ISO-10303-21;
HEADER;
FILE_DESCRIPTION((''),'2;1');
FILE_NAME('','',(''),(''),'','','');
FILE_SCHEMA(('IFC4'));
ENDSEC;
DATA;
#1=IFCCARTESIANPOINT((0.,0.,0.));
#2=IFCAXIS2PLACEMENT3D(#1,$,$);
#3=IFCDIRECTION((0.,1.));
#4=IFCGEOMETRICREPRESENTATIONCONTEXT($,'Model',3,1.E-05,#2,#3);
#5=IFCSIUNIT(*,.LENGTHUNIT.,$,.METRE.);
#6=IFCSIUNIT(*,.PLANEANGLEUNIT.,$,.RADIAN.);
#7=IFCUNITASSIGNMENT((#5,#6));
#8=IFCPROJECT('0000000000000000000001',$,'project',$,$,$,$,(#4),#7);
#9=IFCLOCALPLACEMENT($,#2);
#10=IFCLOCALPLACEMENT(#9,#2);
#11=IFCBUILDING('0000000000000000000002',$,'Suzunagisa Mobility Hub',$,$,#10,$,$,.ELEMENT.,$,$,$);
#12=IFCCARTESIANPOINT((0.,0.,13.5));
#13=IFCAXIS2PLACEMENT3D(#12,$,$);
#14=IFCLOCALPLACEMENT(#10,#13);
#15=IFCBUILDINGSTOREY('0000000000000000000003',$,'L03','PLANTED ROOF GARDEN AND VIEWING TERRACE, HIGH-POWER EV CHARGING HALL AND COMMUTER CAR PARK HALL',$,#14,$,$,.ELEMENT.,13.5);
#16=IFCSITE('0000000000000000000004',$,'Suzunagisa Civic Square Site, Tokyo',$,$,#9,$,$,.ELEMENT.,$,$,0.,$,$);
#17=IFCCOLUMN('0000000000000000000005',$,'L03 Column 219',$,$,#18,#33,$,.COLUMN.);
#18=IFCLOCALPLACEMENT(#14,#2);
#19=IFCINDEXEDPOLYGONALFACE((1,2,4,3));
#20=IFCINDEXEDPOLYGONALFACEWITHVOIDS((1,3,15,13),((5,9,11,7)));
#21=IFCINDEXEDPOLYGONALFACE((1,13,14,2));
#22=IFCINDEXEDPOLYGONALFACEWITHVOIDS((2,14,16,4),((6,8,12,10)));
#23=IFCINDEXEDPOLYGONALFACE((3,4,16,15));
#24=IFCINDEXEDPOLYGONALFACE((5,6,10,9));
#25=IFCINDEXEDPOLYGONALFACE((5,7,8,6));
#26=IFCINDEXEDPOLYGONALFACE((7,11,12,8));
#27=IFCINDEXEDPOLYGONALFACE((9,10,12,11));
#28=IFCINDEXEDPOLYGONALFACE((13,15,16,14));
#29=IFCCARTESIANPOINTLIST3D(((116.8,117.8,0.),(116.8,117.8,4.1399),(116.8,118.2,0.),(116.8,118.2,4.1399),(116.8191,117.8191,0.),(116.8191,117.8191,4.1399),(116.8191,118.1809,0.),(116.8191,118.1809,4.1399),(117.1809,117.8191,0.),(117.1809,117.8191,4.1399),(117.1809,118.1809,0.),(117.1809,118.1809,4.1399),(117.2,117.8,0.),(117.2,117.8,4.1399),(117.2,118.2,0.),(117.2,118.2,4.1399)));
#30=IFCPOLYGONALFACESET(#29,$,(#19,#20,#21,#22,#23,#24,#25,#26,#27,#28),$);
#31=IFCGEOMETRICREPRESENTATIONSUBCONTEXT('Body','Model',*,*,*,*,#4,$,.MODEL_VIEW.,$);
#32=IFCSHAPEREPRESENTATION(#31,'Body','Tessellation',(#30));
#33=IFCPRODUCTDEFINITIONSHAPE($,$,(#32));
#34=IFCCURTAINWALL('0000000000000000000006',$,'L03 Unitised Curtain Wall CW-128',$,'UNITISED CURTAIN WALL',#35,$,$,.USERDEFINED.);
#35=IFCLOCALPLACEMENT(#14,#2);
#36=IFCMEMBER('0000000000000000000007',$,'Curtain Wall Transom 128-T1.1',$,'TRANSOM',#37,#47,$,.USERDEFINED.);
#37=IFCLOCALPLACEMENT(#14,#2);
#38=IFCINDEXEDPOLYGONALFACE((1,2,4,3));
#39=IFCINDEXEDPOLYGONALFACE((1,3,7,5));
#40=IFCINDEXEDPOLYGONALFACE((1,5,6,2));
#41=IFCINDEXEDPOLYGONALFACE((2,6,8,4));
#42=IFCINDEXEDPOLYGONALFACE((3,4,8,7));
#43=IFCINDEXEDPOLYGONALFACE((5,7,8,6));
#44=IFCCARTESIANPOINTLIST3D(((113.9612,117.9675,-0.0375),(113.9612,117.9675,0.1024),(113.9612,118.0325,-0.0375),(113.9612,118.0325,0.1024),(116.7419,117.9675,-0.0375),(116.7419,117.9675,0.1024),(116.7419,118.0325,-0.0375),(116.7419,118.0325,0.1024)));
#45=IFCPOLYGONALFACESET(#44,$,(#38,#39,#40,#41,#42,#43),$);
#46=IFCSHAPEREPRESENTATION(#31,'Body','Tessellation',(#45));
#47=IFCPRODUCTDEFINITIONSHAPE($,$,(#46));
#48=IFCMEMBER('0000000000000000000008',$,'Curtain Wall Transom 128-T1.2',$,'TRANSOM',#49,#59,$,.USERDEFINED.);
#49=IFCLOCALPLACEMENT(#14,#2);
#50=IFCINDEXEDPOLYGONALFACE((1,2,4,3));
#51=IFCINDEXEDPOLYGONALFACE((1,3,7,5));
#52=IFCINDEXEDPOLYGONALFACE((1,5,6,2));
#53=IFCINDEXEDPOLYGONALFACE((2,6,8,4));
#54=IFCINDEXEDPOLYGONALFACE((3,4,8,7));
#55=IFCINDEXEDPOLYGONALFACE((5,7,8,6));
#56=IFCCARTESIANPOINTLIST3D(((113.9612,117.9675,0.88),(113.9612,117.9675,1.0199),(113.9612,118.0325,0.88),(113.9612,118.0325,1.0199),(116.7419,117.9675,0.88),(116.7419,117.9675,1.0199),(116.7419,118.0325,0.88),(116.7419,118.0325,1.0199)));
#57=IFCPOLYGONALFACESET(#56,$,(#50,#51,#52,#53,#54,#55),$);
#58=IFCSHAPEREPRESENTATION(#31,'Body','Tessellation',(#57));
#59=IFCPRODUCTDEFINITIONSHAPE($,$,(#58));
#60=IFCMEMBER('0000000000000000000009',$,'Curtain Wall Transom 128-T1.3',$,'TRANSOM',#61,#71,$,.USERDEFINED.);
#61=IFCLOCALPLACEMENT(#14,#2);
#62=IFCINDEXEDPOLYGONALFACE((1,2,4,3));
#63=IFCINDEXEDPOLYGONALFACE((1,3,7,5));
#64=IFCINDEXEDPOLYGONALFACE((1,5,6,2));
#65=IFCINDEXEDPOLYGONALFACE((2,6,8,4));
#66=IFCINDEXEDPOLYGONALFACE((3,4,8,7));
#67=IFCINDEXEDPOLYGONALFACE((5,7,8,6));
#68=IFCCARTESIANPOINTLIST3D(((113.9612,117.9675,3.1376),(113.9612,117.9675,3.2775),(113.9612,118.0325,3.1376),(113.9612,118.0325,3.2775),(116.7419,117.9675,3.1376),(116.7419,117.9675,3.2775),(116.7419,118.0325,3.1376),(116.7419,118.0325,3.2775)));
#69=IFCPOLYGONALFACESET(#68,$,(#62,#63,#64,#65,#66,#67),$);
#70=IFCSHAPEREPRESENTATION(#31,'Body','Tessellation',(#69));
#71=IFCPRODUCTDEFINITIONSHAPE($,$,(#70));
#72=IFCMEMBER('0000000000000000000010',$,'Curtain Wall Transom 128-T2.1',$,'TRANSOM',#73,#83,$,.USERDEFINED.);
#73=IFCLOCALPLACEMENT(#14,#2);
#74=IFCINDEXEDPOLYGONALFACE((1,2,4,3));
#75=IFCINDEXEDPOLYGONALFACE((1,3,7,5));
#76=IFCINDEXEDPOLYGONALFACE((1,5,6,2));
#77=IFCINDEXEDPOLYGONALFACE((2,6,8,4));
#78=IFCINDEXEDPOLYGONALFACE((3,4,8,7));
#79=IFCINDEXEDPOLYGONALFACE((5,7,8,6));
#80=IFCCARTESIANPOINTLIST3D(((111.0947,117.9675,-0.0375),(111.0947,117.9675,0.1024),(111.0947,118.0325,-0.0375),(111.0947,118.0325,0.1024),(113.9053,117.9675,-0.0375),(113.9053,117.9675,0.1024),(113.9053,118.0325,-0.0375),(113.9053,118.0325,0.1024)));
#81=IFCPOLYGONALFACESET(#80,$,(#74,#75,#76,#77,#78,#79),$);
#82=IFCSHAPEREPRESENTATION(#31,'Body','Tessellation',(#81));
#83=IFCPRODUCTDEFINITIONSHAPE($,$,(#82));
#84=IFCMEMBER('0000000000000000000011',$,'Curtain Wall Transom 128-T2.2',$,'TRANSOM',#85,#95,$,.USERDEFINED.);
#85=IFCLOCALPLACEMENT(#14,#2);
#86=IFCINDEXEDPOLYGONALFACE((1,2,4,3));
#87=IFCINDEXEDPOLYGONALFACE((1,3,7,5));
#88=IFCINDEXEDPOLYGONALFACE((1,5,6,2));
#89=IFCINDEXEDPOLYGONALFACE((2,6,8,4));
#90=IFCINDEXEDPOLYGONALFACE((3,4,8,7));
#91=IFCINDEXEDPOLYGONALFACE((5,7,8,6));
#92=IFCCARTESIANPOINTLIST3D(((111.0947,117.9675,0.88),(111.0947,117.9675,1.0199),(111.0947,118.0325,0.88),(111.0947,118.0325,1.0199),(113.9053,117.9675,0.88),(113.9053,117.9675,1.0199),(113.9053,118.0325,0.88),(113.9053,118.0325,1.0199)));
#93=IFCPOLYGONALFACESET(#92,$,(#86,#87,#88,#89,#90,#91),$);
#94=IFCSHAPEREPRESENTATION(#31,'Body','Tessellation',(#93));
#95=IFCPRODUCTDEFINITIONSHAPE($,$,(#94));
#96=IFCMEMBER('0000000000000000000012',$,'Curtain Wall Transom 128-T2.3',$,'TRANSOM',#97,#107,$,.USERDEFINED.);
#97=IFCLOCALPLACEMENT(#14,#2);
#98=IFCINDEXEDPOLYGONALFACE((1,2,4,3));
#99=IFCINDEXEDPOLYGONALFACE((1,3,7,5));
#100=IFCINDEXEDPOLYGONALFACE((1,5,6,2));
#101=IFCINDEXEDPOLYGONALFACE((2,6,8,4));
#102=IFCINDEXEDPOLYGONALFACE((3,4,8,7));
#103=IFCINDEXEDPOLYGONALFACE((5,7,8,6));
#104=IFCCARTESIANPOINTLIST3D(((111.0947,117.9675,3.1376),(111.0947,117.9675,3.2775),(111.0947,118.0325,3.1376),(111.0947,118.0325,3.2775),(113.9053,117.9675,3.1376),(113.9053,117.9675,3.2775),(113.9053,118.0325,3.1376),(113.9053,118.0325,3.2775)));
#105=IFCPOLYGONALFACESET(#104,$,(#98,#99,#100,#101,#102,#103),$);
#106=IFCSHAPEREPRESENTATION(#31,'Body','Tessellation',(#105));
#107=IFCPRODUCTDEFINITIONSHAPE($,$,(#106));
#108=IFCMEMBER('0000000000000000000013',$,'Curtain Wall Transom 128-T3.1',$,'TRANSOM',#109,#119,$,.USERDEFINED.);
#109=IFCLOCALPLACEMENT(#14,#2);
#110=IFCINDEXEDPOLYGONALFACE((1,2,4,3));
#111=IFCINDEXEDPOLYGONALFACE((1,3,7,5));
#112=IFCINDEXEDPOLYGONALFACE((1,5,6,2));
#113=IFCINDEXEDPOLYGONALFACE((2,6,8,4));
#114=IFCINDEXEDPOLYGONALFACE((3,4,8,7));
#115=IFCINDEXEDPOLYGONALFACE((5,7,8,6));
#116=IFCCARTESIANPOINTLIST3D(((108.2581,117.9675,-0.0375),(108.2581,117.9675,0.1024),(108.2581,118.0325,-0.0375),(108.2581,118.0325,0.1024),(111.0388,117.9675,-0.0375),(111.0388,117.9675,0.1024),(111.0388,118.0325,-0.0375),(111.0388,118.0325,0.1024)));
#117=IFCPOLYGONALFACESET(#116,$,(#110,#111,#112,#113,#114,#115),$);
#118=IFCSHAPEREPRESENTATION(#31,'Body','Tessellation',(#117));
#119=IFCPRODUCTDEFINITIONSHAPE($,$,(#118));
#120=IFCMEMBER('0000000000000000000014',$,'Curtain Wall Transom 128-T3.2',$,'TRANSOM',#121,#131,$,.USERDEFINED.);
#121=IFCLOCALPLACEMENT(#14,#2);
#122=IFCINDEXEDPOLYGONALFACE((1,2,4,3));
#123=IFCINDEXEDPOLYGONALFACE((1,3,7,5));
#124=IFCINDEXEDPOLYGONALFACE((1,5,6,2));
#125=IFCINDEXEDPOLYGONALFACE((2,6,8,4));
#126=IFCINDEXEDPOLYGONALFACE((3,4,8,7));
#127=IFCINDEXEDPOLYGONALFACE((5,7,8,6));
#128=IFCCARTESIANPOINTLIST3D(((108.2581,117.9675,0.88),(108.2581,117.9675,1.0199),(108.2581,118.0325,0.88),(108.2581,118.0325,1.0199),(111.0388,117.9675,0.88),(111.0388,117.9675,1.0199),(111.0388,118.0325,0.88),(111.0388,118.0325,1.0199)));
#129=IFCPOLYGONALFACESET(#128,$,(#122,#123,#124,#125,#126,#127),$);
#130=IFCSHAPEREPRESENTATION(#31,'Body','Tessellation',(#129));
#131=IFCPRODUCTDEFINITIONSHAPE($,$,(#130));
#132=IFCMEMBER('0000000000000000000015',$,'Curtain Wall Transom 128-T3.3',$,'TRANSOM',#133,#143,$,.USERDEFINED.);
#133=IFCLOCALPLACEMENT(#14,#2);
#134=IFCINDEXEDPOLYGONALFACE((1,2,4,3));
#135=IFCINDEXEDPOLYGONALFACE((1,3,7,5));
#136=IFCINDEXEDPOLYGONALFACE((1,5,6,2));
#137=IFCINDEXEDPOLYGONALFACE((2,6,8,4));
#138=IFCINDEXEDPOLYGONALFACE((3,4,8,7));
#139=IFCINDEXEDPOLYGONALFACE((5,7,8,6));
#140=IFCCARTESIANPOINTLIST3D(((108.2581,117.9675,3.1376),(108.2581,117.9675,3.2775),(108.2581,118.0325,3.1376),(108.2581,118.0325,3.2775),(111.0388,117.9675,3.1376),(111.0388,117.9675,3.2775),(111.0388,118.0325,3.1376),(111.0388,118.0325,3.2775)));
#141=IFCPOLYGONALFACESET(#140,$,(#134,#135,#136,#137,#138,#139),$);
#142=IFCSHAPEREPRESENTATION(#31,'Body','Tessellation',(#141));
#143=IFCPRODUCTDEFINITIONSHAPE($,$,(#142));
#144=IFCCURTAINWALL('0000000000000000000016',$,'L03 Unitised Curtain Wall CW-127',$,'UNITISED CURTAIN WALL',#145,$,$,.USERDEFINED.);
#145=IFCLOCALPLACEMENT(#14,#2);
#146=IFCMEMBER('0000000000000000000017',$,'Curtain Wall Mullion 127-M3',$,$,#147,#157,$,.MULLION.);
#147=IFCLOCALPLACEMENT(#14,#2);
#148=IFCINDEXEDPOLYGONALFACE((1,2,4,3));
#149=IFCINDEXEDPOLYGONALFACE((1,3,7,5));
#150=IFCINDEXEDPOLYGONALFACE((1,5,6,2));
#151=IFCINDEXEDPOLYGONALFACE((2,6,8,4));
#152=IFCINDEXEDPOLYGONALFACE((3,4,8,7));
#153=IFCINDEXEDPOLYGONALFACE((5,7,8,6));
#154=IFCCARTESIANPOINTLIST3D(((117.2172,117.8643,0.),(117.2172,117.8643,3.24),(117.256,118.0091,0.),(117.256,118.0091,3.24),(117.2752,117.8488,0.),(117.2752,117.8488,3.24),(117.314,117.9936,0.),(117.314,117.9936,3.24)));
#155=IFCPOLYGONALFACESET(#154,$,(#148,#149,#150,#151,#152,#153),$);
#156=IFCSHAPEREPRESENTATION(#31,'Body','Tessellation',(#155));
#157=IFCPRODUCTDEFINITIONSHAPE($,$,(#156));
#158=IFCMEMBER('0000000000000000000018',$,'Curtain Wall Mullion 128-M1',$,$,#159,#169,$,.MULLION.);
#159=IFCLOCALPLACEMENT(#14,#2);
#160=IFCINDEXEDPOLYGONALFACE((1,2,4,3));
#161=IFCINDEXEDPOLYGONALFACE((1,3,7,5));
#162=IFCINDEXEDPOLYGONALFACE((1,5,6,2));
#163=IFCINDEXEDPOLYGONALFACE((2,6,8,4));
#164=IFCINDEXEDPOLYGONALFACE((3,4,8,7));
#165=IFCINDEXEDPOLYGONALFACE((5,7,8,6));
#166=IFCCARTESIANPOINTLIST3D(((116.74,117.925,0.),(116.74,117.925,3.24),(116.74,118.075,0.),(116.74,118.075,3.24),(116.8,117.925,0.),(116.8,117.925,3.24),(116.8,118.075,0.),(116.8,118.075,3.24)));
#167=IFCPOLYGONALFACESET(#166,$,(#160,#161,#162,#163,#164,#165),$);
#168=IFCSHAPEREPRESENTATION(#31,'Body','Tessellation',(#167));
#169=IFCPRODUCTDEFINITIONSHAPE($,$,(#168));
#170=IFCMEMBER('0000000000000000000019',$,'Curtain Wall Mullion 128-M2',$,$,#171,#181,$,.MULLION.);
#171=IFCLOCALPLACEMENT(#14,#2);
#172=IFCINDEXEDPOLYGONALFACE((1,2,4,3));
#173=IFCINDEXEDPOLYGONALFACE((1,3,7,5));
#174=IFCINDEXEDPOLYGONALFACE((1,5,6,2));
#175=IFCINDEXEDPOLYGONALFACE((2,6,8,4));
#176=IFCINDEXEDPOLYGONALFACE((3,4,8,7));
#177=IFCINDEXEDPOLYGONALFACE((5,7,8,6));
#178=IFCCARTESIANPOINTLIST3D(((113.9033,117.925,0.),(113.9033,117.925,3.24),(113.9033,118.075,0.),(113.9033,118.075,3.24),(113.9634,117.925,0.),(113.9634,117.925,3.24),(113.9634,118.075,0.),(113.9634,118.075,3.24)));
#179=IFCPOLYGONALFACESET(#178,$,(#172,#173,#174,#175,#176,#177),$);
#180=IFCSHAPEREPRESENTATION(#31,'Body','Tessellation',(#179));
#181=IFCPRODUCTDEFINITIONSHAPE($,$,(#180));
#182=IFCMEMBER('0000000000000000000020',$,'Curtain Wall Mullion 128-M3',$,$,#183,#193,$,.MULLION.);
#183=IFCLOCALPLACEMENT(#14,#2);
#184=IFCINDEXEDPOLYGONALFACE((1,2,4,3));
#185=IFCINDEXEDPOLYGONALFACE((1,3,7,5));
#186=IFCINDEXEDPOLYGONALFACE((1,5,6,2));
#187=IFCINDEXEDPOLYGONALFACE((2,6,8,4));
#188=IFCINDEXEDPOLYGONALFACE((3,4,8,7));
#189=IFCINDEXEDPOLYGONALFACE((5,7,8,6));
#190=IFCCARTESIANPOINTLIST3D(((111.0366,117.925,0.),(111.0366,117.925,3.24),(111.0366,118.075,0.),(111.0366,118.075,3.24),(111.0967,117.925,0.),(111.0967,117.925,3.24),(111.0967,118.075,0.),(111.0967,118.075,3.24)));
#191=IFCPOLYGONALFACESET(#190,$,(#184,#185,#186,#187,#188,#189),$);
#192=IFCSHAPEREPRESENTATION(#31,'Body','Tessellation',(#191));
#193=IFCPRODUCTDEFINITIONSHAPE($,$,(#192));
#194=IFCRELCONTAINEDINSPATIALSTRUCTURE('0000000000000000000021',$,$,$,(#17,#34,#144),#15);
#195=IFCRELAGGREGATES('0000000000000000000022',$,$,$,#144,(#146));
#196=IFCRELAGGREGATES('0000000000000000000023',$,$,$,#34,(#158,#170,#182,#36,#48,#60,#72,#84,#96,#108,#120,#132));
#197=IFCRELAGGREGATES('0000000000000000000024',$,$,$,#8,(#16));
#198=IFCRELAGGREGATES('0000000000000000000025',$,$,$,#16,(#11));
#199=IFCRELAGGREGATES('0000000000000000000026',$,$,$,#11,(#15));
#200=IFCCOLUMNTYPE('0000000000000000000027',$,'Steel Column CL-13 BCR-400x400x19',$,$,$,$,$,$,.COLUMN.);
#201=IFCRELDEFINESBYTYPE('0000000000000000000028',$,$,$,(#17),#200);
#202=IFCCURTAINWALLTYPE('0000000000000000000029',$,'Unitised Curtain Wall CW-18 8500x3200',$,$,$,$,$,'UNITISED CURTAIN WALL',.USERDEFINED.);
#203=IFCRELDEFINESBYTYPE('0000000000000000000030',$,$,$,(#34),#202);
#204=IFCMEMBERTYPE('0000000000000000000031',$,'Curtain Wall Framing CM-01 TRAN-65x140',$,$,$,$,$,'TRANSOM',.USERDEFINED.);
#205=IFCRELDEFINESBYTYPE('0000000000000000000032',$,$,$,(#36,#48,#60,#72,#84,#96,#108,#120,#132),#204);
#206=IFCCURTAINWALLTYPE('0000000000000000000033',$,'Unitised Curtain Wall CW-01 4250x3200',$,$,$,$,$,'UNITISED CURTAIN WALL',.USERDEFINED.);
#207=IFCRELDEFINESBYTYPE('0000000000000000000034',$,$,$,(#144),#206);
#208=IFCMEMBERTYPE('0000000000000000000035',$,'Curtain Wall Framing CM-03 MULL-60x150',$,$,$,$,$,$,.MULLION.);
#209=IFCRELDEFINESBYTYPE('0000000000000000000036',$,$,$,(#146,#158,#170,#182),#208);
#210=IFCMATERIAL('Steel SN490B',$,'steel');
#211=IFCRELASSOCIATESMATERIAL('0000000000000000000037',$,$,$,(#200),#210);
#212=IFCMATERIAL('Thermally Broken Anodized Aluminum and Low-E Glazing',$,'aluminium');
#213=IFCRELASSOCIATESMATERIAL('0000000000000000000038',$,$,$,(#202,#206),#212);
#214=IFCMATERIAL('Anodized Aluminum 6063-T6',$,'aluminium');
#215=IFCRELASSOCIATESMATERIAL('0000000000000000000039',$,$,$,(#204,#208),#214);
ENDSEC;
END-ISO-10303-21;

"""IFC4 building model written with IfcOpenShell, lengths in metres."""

from ifc_helpers import new_model, si_unit, direction, frame, origin, origin_2d, place, context, subcontext, project, spatial, rectangle, hollow_rectangle, extrude, material, material_profile, profile_set, type_object, element, aggregate, save


model = new_model("IFC4")

# Units and contexts
model_context = context("Model", 3, precision=1e-05, world=origin(), true_north=direction((0.0, 1.0)))
body_context = subcontext(model_context, "Body", "Model", "MODEL_VIEW")
ifc_project = project(units=[si_unit("LENGTHUNIT", "METRE"), si_unit("PLANEANGLEUNIT", "RADIAN")], contexts=[model_context])

# Site, building, storey
site_placement = place(None, origin())
site = spatial("IfcSite", under=ifc_project, at=site_placement, Name="Suzunagisa Civic Square Site, Tokyo", CompositionType="ELEMENT", RefElevation=0.0)
building_placement = place(site_placement, origin())
building = spatial("IfcBuilding", under=site, at=building_placement, Name="Suzunagisa Mobility Hub", CompositionType="ELEMENT")
storey_placement = place(building_placement, frame((0.0, 0.0, 13.5)))
storey = spatial("IfcBuildingStorey", under=building, at=storey_placement, Name="L03", Description="PLANTED ROOF GARDEN AND VIEWING TERRACE, HIGH-POWER EV CHARGING HALL AND COMMUTER CAR PARK HALL", CompositionType="ELEMENT", Elevation=13.5)

# Column
ifc_material_1 = material(Name="Steel SN490B", Category="steel")
ifc_material_profile_1 = material_profile(ifc_material_1, hollow_rectangle(XDim=0.3999, YDim=0.3999, WallThickness=0.019, at=origin_2d()), Name="BCR-400x400x19")
ifc_profile_set_1 = profile_set([ifc_material_profile_1], Name="Steel SN490B")
column_type = type_object("IfcColumnType", Name="Steel Column CL-13 BCR-400x400x19", PredefinedType="COLUMN", material=ifc_profile_set_1)
column_placement = place(storey_placement, frame((117.0, 118.0, 0.0), z_axis=(0.0, 0.0, 1.0), x_axis=(1.0, 0.0, 0.0)))
element("IfcColumn", 1, at=column_placement, inside=storey, type_object=column_type, Name="L03 Column 219", PredefinedType="COLUMN", context=body_context, shape_type="SweptSolid", body=[
    extrude(hollow_rectangle(XDim=0.3999, YDim=0.3999, WallThickness=0.019, at=origin_2d()), origin(), (0.0, 0.0, 1.0), 4.1399),
])

# Curtain wall, members
ifc_material_2 = material(Name="Thermally Broken Anodized Aluminum and Low-E Glazing", Category="aluminium")
curtain_wall_type_1 = type_object("IfcCurtainWallType", Name="Unitised Curtain Wall CW-18 8500x3200", ElementType="UNITISED CURTAIN WALL", PredefinedType="USERDEFINED", material=ifc_material_2)
curtain_wall_1_placement = place(storey_placement, origin())
curtain_wall_1 = element("IfcCurtainWall", 2, at=curtain_wall_1_placement, inside=storey, type_object=curtain_wall_type_1, Name="L03 Unitised Curtain Wall CW-128", ObjectType="UNITISED CURTAIN WALL", PredefinedType="USERDEFINED")
ifc_material_3 = material(Name="Anodized Aluminum 6063-T6", Category="aluminium")
ifc_material_profile_2 = material_profile(ifc_material_3, rectangle(XDim=0.0649, YDim=0.1399, at=origin_2d()), Name="TRAN-65x140")
ifc_profile_set_2 = profile_set([ifc_material_profile_2], Name="Anodized Aluminum 6063-T6")
member_type_1 = type_object("IfcMemberType", Name="Curtain Wall Framing CM-01 TRAN-65x140", ElementType="TRANSOM", PredefinedType="USERDEFINED", material=ifc_profile_set_2)
member_1_placement = place(storey_placement, frame((116.7419, 118.0, 0.0325), z_axis=(-1.0, 0.0, 0.0), x_axis=(0.0, -1.0, 0.0)))
member_1 = element("IfcMember", 3, at=member_1_placement, type_object=member_type_1, Name="Curtain Wall Transom 128-T1.1", ObjectType="TRANSOM", PredefinedType="USERDEFINED", context=body_context, shape_type="SweptSolid", body=[
    extrude(rectangle(XDim=0.0649, YDim=0.1399, at=origin_2d()), origin(), (0.0, 0.0, 1.0), 2.7808),
])
member_2_placement = place(storey_placement, frame((116.7419, 118.0, 0.95), z_axis=(-1.0, 0.0, 0.0), x_axis=(0.0, -1.0, 0.0)))
member_2 = element("IfcMember", 4, at=member_2_placement, type_object=member_type_1, Name="Curtain Wall Transom 128-T1.2", ObjectType="TRANSOM", PredefinedType="USERDEFINED", context=body_context, shape_type="SweptSolid", body=[
    extrude(rectangle(XDim=0.0649, YDim=0.1399, at=origin_2d()), origin(), (0.0, 0.0, 1.0), 2.7808),
])
member_3_placement = place(storey_placement, frame((116.7419, 118.0, 3.2075), z_axis=(-1.0, 0.0, 0.0), x_axis=(0.0, -1.0, 0.0)))
member_3 = element("IfcMember", 5, at=member_3_placement, type_object=member_type_1, Name="Curtain Wall Transom 128-T1.3", ObjectType="TRANSOM", PredefinedType="USERDEFINED", context=body_context, shape_type="SweptSolid", body=[
    extrude(rectangle(XDim=0.0649, YDim=0.1399, at=origin_2d()), origin(), (0.0, 0.0, 1.0), 2.7808),
])
member_4_placement = place(storey_placement, frame((113.9053, 118.0, 0.0325), z_axis=(-1.0, 0.0, 0.0), x_axis=(0.0, -1.0, 0.0)))
member_4 = element("IfcMember", 6, at=member_4_placement, type_object=member_type_1, Name="Curtain Wall Transom 128-T2.1", ObjectType="TRANSOM", PredefinedType="USERDEFINED", context=body_context, shape_type="SweptSolid", body=[
    extrude(rectangle(XDim=0.0649, YDim=0.1399, at=origin_2d()), origin(), (0.0, 0.0, 1.0), 2.8105),
])
member_5_placement = place(storey_placement, frame((113.9053, 118.0, 0.95), z_axis=(-1.0, 0.0, 0.0), x_axis=(0.0, -1.0, 0.0)))
member_5 = element("IfcMember", 7, at=member_5_placement, type_object=member_type_1, Name="Curtain Wall Transom 128-T2.2", ObjectType="TRANSOM", PredefinedType="USERDEFINED", context=body_context, shape_type="SweptSolid", body=[
    extrude(rectangle(XDim=0.0649, YDim=0.1399, at=origin_2d()), origin(), (0.0, 0.0, 1.0), 2.8105),
])
member_6_placement = place(storey_placement, frame((113.9053, 118.0, 3.2075), z_axis=(-1.0, 0.0, 0.0), x_axis=(0.0, -1.0, 0.0)))
member_6 = element("IfcMember", 8, at=member_6_placement, type_object=member_type_1, Name="Curtain Wall Transom 128-T2.3", ObjectType="TRANSOM", PredefinedType="USERDEFINED", context=body_context, shape_type="SweptSolid", body=[
    extrude(rectangle(XDim=0.0649, YDim=0.1399, at=origin_2d()), origin(), (0.0, 0.0, 1.0), 2.8105),
])
member_7_placement = place(storey_placement, frame((111.0388, 118.0, 0.0325), z_axis=(-1.0, 0.0, 0.0), x_axis=(0.0, -1.0, 0.0)))
member_7 = element("IfcMember", 9, at=member_7_placement, type_object=member_type_1, Name="Curtain Wall Transom 128-T3.1", ObjectType="TRANSOM", PredefinedType="USERDEFINED", context=body_context, shape_type="SweptSolid", body=[
    extrude(rectangle(XDim=0.0649, YDim=0.1399, at=origin_2d()), origin(), (0.0, 0.0, 1.0), 2.7808),
])
member_8_placement = place(storey_placement, frame((111.0388, 118.0, 0.95), z_axis=(-1.0, 0.0, 0.0), x_axis=(0.0, -1.0, 0.0)))
member_8 = element("IfcMember", 10, at=member_8_placement, type_object=member_type_1, Name="Curtain Wall Transom 128-T3.2", ObjectType="TRANSOM", PredefinedType="USERDEFINED", context=body_context, shape_type="SweptSolid", body=[
    extrude(rectangle(XDim=0.0649, YDim=0.1399, at=origin_2d()), origin(), (0.0, 0.0, 1.0), 2.7808),
])
member_9_placement = place(storey_placement, frame((111.0388, 118.0, 3.2075), z_axis=(-1.0, 0.0, 0.0), x_axis=(0.0, -1.0, 0.0)))
member_9 = element("IfcMember", 11, at=member_9_placement, type_object=member_type_1, Name="Curtain Wall Transom 128-T3.3", ObjectType="TRANSOM", PredefinedType="USERDEFINED", context=body_context, shape_type="SweptSolid", body=[
    extrude(rectangle(XDim=0.0649, YDim=0.1399, at=origin_2d()), origin(), (0.0, 0.0, 1.0), 2.7808),
])

# Curtain wall, member
curtain_wall_type_2 = type_object("IfcCurtainWallType", Name="Unitised Curtain Wall CW-01 4250x3200", ElementType="UNITISED CURTAIN WALL", PredefinedType="USERDEFINED", material=ifc_material_2)
curtain_wall_2_placement = place(storey_placement, origin())
curtain_wall_2 = element("IfcCurtainWall", 12, at=curtain_wall_2_placement, inside=storey, type_object=curtain_wall_type_2, Name="L03 Unitised Curtain Wall CW-127", ObjectType="UNITISED CURTAIN WALL", PredefinedType="USERDEFINED")
ifc_material_profile_3 = material_profile(ifc_material_3, rectangle(XDim=0.0601, YDim=0.1499, at=origin_2d()), Name="MULL-60x150")
ifc_profile_set_3 = profile_set([ifc_material_profile_3], Name="Anodized Aluminum 6063-T6")
member_type_2 = type_object("IfcMemberType", Name="Curtain Wall Framing CM-03 MULL-60x150", PredefinedType="MULLION", material=ifc_profile_set_3)
member_10_placement = place(storey_placement, frame((117.2656, 117.929, 0.0), z_axis=(0.0, 0.0, 1.0), x_axis=(-0.965927, 0.258814, 0.0)))
member_10 = element("IfcMember", 13, at=member_10_placement, type_object=member_type_2, Name="Curtain Wall Mullion 127-M3", PredefinedType="MULLION", context=body_context, shape_type="SweptSolid", body=[
    extrude(rectangle(XDim=0.0601, YDim=0.1499, at=origin_2d()), origin(), (0.0, 0.0, 1.0), 3.24),
])
aggregate(curtain_wall_2, [member_10])

# Members
member_11_placement = place(storey_placement, frame((116.77, 118.0, 0.0), z_axis=(0.0, 0.0, 1.0), x_axis=(-1.0, 0.0, 0.0)))
member_11 = element("IfcMember", 14, at=member_11_placement, type_object=member_type_2, Name="Curtain Wall Mullion 128-M1", PredefinedType="MULLION", context=body_context, shape_type="SweptSolid", body=[
    extrude(rectangle(XDim=0.0601, YDim=0.1499, at=origin_2d()), origin(), (0.0, 0.0, 1.0), 3.24),
])
member_12_placement = place(storey_placement, frame((113.9333, 118.0, 0.0), z_axis=(0.0, 0.0, 1.0), x_axis=(-1.0, 0.0, 0.0)))
member_12 = element("IfcMember", 15, at=member_12_placement, type_object=member_type_2, Name="Curtain Wall Mullion 128-M2", PredefinedType="MULLION", context=body_context, shape_type="SweptSolid", body=[
    extrude(rectangle(XDim=0.0601, YDim=0.1499, at=origin_2d()), origin(), (0.0, 0.0, 1.0), 3.24),
])
member_13_placement = place(storey_placement, frame((111.0667, 118.0, 0.0), z_axis=(0.0, 0.0, 1.0), x_axis=(-1.0, 0.0, 0.0)))
member_13 = element("IfcMember", 16, at=member_13_placement, type_object=member_type_2, Name="Curtain Wall Mullion 128-M3", PredefinedType="MULLION", context=body_context, shape_type="SweptSolid", body=[
    extrude(rectangle(XDim=0.0601, YDim=0.1499, at=origin_2d()), origin(), (0.0, 0.0, 1.0), 3.24),
])

aggregate(curtain_wall_1, [member_11, member_12, member_13, member_1, member_2, member_3, member_4, member_5, member_6, member_7, member_8, member_9])

save(model, "model.ifc")
